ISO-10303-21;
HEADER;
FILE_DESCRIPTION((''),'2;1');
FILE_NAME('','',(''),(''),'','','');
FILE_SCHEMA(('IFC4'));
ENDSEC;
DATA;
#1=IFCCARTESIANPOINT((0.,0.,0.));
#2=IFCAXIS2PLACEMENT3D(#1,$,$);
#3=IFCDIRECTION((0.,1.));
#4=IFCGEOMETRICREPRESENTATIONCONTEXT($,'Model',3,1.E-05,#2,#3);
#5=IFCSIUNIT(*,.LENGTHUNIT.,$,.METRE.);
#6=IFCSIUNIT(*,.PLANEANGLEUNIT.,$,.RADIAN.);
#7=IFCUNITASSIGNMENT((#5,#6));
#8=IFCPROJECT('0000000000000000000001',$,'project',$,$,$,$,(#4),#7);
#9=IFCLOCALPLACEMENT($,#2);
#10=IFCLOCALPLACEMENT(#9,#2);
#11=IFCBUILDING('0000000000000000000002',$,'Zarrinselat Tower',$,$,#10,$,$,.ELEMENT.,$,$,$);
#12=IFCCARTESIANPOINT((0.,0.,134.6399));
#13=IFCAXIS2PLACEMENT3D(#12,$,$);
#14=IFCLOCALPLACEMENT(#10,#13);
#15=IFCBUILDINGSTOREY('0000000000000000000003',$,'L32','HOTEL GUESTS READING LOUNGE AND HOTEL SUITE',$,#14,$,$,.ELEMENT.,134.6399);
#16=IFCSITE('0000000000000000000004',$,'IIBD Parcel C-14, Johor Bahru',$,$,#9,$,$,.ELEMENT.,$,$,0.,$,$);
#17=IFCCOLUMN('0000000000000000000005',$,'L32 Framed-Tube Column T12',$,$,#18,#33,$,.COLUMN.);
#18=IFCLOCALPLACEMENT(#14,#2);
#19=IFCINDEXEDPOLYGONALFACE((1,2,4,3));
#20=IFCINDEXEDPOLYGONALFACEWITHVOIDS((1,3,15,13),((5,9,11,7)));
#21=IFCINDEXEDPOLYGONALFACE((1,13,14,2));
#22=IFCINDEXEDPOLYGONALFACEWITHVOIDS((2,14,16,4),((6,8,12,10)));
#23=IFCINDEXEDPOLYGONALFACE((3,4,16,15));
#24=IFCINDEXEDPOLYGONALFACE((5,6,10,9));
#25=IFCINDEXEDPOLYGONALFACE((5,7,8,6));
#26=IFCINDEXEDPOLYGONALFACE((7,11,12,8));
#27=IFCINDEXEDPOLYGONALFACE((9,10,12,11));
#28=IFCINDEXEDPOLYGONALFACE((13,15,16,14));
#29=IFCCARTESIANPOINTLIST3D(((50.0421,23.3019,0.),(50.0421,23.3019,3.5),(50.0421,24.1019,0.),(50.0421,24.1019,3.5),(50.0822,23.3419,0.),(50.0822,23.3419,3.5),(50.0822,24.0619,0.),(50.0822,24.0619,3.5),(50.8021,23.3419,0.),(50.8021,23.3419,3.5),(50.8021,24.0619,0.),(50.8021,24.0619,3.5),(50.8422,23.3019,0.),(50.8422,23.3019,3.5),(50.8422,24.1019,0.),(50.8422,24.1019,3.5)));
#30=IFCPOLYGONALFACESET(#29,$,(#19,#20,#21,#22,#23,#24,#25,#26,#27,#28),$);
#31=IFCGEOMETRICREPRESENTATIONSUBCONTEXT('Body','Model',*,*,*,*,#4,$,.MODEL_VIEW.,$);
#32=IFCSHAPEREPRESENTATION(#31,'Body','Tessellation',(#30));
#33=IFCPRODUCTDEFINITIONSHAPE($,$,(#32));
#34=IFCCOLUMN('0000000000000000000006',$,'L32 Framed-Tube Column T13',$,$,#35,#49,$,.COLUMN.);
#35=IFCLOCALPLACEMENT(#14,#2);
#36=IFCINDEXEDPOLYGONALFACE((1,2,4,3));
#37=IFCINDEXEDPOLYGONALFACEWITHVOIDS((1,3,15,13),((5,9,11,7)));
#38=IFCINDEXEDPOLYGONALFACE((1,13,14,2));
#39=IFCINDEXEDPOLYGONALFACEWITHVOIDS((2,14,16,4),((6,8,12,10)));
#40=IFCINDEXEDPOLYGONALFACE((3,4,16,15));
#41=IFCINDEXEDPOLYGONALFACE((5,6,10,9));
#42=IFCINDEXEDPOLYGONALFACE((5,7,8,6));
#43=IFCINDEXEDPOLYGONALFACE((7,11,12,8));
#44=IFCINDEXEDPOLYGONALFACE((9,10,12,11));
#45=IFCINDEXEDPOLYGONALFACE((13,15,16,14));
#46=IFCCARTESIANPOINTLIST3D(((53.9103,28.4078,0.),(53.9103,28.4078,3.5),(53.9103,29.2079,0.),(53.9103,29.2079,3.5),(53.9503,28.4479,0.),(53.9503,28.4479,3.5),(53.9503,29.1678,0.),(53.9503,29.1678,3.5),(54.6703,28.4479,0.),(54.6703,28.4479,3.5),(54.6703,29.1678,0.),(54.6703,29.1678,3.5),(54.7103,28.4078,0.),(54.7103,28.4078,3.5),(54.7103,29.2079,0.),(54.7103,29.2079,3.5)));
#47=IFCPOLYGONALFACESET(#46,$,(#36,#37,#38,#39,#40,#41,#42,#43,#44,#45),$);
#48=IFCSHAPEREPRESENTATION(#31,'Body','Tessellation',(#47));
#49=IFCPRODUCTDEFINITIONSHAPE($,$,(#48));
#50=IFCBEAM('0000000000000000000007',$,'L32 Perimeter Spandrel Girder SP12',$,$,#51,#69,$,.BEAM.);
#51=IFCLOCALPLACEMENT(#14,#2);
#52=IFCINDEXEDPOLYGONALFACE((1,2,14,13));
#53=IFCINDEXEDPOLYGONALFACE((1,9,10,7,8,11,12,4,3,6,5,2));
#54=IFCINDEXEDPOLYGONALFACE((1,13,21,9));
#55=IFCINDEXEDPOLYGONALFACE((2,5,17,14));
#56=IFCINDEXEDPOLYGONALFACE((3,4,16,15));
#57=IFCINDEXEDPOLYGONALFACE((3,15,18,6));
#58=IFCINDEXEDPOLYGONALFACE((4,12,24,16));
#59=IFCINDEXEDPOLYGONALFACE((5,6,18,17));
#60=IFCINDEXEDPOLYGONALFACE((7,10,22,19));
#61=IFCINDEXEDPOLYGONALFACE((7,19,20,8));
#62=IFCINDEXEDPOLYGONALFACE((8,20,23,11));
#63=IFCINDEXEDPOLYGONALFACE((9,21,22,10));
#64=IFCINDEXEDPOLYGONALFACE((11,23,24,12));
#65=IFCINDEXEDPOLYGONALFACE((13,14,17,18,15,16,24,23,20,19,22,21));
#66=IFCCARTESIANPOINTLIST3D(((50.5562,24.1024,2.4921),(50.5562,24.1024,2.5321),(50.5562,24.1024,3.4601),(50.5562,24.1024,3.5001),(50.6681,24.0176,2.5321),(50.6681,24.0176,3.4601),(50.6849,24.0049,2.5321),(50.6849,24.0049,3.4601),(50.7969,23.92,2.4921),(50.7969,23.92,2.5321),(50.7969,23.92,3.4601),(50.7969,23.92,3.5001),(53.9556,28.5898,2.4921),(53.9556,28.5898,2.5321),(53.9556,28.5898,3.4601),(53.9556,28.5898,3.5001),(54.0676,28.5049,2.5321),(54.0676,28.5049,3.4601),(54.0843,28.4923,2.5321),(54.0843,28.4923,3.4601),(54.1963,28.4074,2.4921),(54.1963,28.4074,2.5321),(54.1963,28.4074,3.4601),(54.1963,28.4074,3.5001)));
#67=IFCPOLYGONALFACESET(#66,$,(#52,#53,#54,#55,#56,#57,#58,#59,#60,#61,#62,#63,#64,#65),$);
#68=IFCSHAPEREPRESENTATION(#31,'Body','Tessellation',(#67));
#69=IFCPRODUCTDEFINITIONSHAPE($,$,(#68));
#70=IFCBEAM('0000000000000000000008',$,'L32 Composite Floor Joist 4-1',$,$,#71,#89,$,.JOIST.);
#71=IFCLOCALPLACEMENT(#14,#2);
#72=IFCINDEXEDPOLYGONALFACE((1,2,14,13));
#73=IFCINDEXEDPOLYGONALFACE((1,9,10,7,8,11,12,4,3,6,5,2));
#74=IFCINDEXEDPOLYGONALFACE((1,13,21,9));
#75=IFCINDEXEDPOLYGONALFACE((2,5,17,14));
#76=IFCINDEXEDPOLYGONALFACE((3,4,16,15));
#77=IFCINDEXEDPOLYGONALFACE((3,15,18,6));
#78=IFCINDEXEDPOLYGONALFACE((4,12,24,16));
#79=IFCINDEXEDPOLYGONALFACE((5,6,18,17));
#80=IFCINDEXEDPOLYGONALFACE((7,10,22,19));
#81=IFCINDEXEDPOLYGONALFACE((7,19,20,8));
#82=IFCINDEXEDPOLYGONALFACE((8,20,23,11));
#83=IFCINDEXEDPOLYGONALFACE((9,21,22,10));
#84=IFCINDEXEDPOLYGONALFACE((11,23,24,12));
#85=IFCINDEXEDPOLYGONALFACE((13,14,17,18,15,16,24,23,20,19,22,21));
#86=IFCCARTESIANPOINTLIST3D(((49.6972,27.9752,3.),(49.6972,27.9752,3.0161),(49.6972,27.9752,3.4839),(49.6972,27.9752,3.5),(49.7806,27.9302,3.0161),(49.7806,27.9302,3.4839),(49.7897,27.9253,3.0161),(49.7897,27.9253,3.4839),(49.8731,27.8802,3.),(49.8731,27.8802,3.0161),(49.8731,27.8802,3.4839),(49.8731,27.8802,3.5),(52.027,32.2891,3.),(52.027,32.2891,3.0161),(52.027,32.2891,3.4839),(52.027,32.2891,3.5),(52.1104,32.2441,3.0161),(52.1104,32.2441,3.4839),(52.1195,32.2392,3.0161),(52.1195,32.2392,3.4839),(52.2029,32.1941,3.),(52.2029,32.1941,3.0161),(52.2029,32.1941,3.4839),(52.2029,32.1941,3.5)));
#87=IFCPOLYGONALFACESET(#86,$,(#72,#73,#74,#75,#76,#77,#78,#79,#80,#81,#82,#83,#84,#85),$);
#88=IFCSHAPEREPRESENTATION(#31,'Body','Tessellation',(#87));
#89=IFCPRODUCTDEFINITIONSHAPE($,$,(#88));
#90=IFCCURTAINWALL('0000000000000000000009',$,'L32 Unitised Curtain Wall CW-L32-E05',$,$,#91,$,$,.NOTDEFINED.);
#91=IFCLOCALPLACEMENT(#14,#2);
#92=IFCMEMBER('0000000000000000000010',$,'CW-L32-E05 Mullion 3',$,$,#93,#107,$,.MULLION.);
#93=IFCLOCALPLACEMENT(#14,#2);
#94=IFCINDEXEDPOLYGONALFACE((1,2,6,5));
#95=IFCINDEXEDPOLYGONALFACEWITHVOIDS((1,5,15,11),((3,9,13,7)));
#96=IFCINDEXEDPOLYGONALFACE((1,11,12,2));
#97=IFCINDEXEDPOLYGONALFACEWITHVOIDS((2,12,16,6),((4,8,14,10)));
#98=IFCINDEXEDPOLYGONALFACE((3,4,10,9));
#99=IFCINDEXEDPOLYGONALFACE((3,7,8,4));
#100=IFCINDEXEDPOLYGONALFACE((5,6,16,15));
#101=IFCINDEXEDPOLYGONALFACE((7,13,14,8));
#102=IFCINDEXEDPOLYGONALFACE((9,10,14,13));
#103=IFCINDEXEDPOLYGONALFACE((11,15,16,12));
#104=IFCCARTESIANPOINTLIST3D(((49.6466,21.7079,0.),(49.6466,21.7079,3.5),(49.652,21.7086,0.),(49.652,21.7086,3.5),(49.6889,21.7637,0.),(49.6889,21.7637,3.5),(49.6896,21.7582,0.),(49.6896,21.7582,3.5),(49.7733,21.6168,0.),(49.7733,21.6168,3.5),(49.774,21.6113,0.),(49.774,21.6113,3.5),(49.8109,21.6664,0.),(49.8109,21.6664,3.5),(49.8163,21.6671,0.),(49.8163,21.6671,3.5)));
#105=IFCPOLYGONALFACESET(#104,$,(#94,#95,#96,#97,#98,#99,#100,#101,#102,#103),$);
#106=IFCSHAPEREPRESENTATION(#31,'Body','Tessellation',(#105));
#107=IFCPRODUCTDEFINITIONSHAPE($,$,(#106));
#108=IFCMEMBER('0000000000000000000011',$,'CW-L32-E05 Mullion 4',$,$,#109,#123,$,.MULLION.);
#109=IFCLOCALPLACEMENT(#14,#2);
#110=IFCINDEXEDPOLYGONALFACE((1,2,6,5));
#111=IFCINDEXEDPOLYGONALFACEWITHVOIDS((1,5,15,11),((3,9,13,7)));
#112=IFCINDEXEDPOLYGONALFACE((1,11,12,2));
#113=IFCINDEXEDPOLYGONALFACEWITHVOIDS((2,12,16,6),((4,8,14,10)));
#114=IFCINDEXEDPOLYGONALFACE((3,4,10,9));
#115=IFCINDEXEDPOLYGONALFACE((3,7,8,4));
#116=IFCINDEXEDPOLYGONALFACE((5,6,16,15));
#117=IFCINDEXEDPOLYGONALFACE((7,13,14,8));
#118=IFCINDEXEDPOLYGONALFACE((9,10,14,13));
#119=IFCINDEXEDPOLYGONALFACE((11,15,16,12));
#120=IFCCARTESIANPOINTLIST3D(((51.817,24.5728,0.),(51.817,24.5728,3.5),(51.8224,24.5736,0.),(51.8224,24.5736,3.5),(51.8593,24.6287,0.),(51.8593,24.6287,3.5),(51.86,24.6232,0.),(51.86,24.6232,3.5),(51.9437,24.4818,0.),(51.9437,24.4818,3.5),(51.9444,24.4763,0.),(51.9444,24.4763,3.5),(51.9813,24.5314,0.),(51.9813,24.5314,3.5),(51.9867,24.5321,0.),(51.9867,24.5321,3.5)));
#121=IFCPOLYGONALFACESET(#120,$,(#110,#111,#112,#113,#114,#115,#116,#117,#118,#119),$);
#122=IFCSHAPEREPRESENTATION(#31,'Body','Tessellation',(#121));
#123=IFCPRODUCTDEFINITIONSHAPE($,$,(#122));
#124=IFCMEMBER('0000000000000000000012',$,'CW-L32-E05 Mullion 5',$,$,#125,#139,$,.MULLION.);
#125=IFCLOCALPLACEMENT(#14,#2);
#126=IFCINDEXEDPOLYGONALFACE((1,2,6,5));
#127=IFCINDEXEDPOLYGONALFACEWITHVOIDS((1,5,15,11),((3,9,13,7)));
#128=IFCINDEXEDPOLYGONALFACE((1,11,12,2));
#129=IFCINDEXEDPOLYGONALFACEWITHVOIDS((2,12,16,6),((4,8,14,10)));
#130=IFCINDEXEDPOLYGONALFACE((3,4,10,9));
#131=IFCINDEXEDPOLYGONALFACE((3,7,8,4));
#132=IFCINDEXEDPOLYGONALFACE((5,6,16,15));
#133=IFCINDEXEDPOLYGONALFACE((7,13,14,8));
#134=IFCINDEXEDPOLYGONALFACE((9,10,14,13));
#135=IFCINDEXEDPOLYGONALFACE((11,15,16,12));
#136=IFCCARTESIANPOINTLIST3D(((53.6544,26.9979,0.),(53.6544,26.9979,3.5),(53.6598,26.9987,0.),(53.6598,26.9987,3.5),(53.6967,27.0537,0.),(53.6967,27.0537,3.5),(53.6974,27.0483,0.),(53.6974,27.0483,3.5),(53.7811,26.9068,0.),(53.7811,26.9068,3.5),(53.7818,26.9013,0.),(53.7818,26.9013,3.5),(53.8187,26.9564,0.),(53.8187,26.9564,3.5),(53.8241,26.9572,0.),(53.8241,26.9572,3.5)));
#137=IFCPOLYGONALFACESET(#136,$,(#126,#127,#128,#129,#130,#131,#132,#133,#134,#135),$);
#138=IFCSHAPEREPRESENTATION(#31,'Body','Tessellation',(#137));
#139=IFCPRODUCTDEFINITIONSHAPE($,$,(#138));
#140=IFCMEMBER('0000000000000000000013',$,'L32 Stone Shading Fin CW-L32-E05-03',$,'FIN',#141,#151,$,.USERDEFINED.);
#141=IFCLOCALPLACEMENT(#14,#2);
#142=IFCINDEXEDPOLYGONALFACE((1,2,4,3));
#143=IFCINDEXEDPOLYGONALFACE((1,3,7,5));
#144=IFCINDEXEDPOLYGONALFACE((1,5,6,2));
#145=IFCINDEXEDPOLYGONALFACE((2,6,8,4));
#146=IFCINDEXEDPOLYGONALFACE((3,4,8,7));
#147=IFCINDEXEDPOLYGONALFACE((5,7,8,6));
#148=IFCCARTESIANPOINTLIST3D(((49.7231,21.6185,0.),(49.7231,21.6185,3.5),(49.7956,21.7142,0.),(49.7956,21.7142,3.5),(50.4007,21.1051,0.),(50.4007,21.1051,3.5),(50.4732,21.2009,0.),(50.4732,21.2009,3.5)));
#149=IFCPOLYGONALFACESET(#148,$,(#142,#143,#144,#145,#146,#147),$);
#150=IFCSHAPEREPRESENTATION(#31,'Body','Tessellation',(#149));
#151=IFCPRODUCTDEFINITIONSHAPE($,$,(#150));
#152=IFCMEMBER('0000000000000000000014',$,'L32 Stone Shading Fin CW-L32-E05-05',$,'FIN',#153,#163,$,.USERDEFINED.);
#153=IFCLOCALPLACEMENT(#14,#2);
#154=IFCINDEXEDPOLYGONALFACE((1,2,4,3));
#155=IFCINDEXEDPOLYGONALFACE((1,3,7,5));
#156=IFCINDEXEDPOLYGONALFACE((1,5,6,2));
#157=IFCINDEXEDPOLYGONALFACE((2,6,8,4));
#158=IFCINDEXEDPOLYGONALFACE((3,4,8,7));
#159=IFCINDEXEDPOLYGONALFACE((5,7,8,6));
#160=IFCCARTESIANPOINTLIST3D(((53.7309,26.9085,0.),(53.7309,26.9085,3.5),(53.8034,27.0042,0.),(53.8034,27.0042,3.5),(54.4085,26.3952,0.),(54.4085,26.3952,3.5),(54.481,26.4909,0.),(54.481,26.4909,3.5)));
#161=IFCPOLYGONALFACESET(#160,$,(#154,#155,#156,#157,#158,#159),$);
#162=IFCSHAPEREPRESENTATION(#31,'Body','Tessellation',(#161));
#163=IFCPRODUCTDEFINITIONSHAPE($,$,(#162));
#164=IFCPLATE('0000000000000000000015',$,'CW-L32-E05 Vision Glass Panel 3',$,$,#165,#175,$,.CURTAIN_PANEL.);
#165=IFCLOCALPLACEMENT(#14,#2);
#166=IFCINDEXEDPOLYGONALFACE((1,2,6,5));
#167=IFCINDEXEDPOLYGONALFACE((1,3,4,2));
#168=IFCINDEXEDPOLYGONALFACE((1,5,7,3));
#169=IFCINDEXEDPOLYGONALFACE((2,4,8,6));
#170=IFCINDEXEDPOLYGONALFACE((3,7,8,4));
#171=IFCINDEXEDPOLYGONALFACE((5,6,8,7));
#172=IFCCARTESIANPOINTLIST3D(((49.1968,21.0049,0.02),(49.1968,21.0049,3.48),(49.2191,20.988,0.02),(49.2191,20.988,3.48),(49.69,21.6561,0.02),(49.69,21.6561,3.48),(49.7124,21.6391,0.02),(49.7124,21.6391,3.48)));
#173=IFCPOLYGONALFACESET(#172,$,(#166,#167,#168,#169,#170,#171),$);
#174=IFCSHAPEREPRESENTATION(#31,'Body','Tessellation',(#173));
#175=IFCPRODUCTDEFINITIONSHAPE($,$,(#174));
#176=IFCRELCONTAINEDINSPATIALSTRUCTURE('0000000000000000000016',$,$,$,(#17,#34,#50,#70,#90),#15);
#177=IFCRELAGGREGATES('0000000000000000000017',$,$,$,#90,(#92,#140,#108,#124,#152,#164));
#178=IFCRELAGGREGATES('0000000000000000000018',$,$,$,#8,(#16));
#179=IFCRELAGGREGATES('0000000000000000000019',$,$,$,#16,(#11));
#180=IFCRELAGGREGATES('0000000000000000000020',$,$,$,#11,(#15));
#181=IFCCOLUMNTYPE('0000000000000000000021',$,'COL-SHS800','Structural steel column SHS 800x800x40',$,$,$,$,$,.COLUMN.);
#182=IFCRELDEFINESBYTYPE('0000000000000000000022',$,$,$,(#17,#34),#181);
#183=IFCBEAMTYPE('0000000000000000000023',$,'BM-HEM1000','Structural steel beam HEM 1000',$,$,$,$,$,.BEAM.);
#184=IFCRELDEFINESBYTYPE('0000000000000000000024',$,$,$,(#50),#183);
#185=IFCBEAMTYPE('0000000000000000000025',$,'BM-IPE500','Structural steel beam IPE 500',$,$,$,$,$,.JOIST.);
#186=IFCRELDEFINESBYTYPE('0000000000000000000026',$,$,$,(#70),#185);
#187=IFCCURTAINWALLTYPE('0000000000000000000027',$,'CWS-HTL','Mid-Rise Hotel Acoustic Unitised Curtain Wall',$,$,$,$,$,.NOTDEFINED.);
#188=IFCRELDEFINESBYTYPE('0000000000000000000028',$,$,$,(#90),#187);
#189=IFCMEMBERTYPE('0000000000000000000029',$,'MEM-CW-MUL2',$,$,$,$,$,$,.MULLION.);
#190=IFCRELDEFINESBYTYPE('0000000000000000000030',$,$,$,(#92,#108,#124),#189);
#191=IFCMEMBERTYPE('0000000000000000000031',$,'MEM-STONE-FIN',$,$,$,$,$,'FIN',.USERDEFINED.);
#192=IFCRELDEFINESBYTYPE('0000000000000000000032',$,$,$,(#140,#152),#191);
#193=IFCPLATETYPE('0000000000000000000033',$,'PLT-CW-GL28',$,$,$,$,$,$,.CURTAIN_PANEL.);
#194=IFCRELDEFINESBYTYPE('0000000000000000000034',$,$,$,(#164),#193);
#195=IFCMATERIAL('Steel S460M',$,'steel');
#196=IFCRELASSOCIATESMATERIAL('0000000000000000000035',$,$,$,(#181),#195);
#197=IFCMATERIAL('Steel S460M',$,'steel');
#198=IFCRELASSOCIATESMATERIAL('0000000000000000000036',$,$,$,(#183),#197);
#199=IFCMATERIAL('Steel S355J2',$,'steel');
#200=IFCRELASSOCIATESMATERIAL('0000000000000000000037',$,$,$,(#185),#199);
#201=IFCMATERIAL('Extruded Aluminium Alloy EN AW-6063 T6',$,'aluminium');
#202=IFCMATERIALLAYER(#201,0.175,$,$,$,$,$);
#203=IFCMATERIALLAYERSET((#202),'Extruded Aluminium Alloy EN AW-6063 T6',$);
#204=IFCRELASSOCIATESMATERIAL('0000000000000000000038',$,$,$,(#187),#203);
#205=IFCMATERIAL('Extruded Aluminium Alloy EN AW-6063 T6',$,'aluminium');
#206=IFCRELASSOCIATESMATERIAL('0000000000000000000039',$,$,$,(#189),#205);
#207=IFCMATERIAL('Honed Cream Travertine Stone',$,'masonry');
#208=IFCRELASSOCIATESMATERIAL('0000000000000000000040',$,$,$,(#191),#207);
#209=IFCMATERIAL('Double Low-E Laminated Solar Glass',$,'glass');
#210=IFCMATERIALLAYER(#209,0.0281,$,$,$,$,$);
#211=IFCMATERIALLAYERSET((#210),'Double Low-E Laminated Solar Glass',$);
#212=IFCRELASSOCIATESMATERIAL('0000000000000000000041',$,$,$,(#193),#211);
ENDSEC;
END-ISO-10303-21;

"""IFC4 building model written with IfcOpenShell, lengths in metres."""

from ifc_helpers import new_model, si_unit, direction, frame, origin, origin_2d, place, context, subcontext, project, spatial, rectangle, hollow_rectangle, i_section, extrude, material, layer, layer_set, material_profile, profile_set, type_object, element, aggregate, save


model = new_model("IFC4")

# Units and contexts
model_context = context("Model", 3, precision=1e-05, world=origin(), true_north=direction((0.0, 1.0)))
body_context = subcontext(model_context, "Body", "Model", "MODEL_VIEW")
ifc_project = project(units=[si_unit("LENGTHUNIT", "METRE"), si_unit("PLANEANGLEUNIT", "RADIAN")], contexts=[model_context])

# Site, building, storey
site_placement = place(None, origin())
site = spatial("IfcSite", under=ifc_project, at=site_placement, Name="IIBD Parcel C-14, Johor Bahru", CompositionType="ELEMENT", RefElevation=0.0)
building_placement = place(site_placement, origin())
building = spatial("IfcBuilding", under=site, at=building_placement, Name="Zarrinselat Tower", CompositionType="ELEMENT")
storey_placement = place(building_placement, frame((0.0, 0.0, 134.6399)))
storey = spatial("IfcBuildingStorey", under=building, at=storey_placement, Name="L32", Description="HOTEL GUESTS READING LOUNGE AND HOTEL SUITE", CompositionType="ELEMENT", Elevation=134.6399)

# Columns
ifc_material_1 = material(Name="Steel S460M", Category="steel")
ifc_material_profile_1 = material_profile(ifc_material_1, hollow_rectangle(XDim=0.8, YDim=0.8, WallThickness=0.04, at=origin_2d()), Name="SHS 800x800x40")
ifc_profile_set_1 = profile_set([ifc_material_profile_1], Name="Steel S460M")
column_type = type_object("IfcColumnType", Name="COL-SHS800", Description="Structural steel column SHS 800x800x40", PredefinedType="COLUMN", material=ifc_profile_set_1)
for number, where, z_axis, x_axis, name in (
    (1, (50.4421, 23.7019, 0.0), (0.0, 0.0, 1.0), (1.0, 0.0, 0.0), "L32 Framed-Tube Column T12"),
    (2, (54.3103, 28.8079, 0.0), (0.0, 0.0, 1.0), (1.0, 0.0, 0.0), "L32 Framed-Tube Column T13"),
):
    element("IfcColumn", number, at=place(storey_placement, frame(where, z_axis=z_axis, x_axis=x_axis)), inside=storey, type_object=column_type, Name=name, PredefinedType="COLUMN", context=body_context, shape_type="SweptSolid", body=[
        extrude(hollow_rectangle(XDim=0.8, YDim=0.8, WallThickness=0.04, at=origin_2d()), origin(), (0.0, 0.0, 1.0), 3.5),
    ])

# Beams
ifc_material_2 = material(Name="Steel S460M", Category="steel")
ifc_material_profile_2 = material_profile(ifc_material_2, i_section(OverallWidth=0.302, OverallDepth=1.0081, WebThickness=0.021, FlangeThickness=0.04, at=origin_2d()), Name="HEM 1000")
ifc_profile_set_2 = profile_set([ifc_material_profile_2], Name="Steel S460M")
beam_type_1 = type_object("IfcBeamType", Name="BM-HEM1000", Description="Structural steel beam HEM 1000", PredefinedType="BEAM", material=ifc_profile_set_2)
beam_1_placement = place(storey_placement, frame((50.6765, 24.0112, 2.9961), z_axis=(0.603851, 0.797097, 0.0), x_axis=(-0.797097, 0.603851, 0.0)))
element("IfcBeam", 3, at=beam_1_placement, inside=storey, type_object=beam_type_1, Name="L32 Perimeter Spandrel Girder SP12", PredefinedType="BEAM", context=body_context, shape_type="SweptSolid", body=[
    extrude(i_section(OverallWidth=0.302, OverallDepth=1.0081, WebThickness=0.021, FlangeThickness=0.04, at=origin_2d()), origin(), (0.0, 0.0, 1.0), 5.6296),
])
ifc_material_3 = material(Name="Steel S355J2", Category="steel")
ifc_material_profile_3 = material_profile(ifc_material_3, i_section(OverallWidth=0.2, OverallDepth=0.5, WebThickness=0.0103, FlangeThickness=0.0161, at=origin_2d()), Name="IPE 500")
ifc_profile_set_3 = profile_set([ifc_material_profile_3], Name="Steel S355J2")
beam_type_2 = type_object("IfcBeamType", Name="BM-IPE500", Description="Structural steel beam IPE 500", PredefinedType="JOIST", material=ifc_profile_set_3)
beam_2_placement = place(storey_placement, frame((49.7852, 27.9277, 3.25), z_axis=(0.475195, 0.87988, 0.0), x_axis=(-0.87988, 0.475195, 0.0)))
element("IfcBeam", 4, at=beam_2_placement, inside=storey, type_object=beam_type_2, Name="L32 Composite Floor Joist 4-1", PredefinedType="JOIST", context=body_context, shape_type="SweptSolid", body=[
    extrude(i_section(OverallWidth=0.2, OverallDepth=0.5, WebThickness=0.0103, FlangeThickness=0.0161, at=origin_2d()), origin(), (0.0, 0.0, 1.0), 4.9028),
])

# Curtain wall, members, plate
ifc_material_4 = material(Name="Extruded Aluminium Alloy EN AW-6063 T6", Category="aluminium")
ifc_layer_1 = layer(ifc_material_4, 0.175)
ifc_layer_set_1 = layer_set([ifc_layer_1], Name="Extruded Aluminium Alloy EN AW-6063 T6")
curtain_wall_type = type_object("IfcCurtainWallType", Name="CWS-HTL", Description="Mid-Rise Hotel Acoustic Unitised Curtain Wall", PredefinedType="NOTDEFINED", material=ifc_layer_set_1)
curtain_wall_placement = place(storey_placement, origin())
curtain_wall = element("IfcCurtainWall", 5, at=curtain_wall_placement, inside=storey, type_object=curtain_wall_type, Name="L32 Unitised Curtain Wall CW-L32-E05", PredefinedType="NOTDEFINED")
ifc_material_5 = material(Name="Extruded Aluminium Alloy EN AW-6063 T6", Category="aluminium")
ifc_material_profile_4 = material_profile(ifc_material_5, hollow_rectangle(XDim=0.0701, YDim=0.1599, WallThickness=0.0039, at=origin_2d()), Name="RHS 160x70x4")
ifc_profile_set_4 = profile_set([ifc_material_profile_4], Name="Extruded Aluminium Alloy EN AW-6063 T6")
member_type_1 = type_object("IfcMemberType", Name="MEM-CW-MUL2", PredefinedType="MULLION", material=ifc_profile_set_4)
member_1_placement = place(storey_placement, frame((49.7314, 21.6875, 0.0), z_axis=(0.0, 0.0, 1.0), x_axis=(0.603856, 0.797094, 0.0)))
member_1 = element("IfcMember", 6, at=member_1_placement, type_object=member_type_1, Name="CW-L32-E05 Mullion 3", PredefinedType="MULLION", context=body_context, shape_type="SweptSolid", body=[
    extrude(hollow_rectangle(XDim=0.0701, YDim=0.1599, WallThickness=0.0039, at=origin_2d()), origin(), (0.0, 0.0, 1.0), 3.5),
])
member_2_placement = place(storey_placement, frame((51.9019, 24.5525, 0.0), z_axis=(0.0, 0.0, 1.0), x_axis=(0.603856, 0.797094, 0.0)))
member_2 = element("IfcMember", 7, at=member_2_placement, type_object=member_type_1, Name="CW-L32-E05 Mullion 4", PredefinedType="MULLION", context=body_context, shape_type="SweptSolid", body=[
    extrude(hollow_rectangle(XDim=0.0701, YDim=0.1599, WallThickness=0.0039, at=origin_2d()), origin(), (0.0, 0.0, 1.0), 3.5),
])
member_3_placement = place(storey_placement, frame((53.7393, 26.9775, 0.0), z_axis=(0.0, 0.0, 1.0), x_axis=(0.603856, 0.797094, 0.0)))
member_3 = element("IfcMember", 8, at=member_3_placement, type_object=member_type_1, Name="CW-L32-E05 Mullion 5", PredefinedType="MULLION", context=body_context, shape_type="SweptSolid", body=[
    extrude(hollow_rectangle(XDim=0.0701, YDim=0.1599, WallThickness=0.0039, at=origin_2d()), origin(), (0.0, 0.0, 1.0), 3.5),
])
ifc_material_6 = material(Name="Honed Cream Travertine Stone", Category="masonry")
ifc_material_profile_5 = material_profile(ifc_material_6, rectangle(XDim=0.1201, YDim=0.8501, at=origin_2d()), Name="FIN 850x120")
ifc_profile_set_5 = profile_set([ifc_material_profile_5], Name="Honed Cream Travertine Stone")
member_type_2 = type_object("IfcMemberType", Name="MEM-STONE-FIN", ElementType="FIN", PredefinedType="USERDEFINED", material=ifc_profile_set_5)
member_4_placement = place(storey_placement, frame((50.0981, 21.4097, 0.0), z_axis=(0.0, 0.0, 1.0), x_axis=(-0.603856, -0.797094, 0.0)))
member_4 = element("IfcMember", 9, at=member_4_placement, type_object=member_type_2, Name="L32 Stone Shading Fin CW-L32-E05-03", ObjectType="FIN", PredefinedType="USERDEFINED", context=body_context, shape_type="SweptSolid", body=[
    extrude(rectangle(XDim=0.1201, YDim=0.8501, at=origin_2d()), origin(), (0.0, 0.0, 1.0), 3.5),
])
member_5_placement = place(storey_placement, frame((54.106, 26.6997, 0.0), z_axis=(0.0, 0.0, 1.0), x_axis=(-0.603856, -0.797094, 0.0)))
member_5 = element("IfcMember", 10, at=member_5_placement, type_object=member_type_2, Name="L32 Stone Shading Fin CW-L32-E05-05", ObjectType="FIN", PredefinedType="USERDEFINED", context=body_context, shape_type="SweptSolid", body=[
    extrude(rectangle(XDim=0.1201, YDim=0.8501, at=origin_2d()), origin(), (0.0, 0.0, 1.0), 3.5),
])
ifc_material_7 = material(Name="Double Low-E Laminated Solar Glass", Category="glass")
ifc_layer_2 = layer(ifc_material_7, 0.0281)
ifc_layer_set_2 = layer_set([ifc_layer_2], Name="Double Low-E Laminated Solar Glass")
plate_type = type_object("IfcPlateType", Name="PLT-CW-GL28", PredefinedType="CURTAIN_PANEL", material=ifc_layer_set_2)
plate_1_placement = place(storey_placement, frame((49.4546, 21.322, 0.02), z_axis=(0.0, 0.0, 1.0), x_axis=(0.603856, 0.797094, 0.0)))
plate_1 = element("IfcPlate", 11, at=plate_1_placement, type_object=plate_type, Name="CW-L32-E05 Vision Glass Panel 3", PredefinedType="CURTAIN_PANEL", context=body_context, shape_type="SweptSolid", body=[
    extrude(rectangle(XDim=0.8169, YDim=0.0281, at=origin_2d()), origin(), (0.0, 0.0, 1.0), 3.46),
])
aggregate(curtain_wall, [member_1, member_4, member_2, member_3, member_5, plate_1])

save(model, "model.ifc")
